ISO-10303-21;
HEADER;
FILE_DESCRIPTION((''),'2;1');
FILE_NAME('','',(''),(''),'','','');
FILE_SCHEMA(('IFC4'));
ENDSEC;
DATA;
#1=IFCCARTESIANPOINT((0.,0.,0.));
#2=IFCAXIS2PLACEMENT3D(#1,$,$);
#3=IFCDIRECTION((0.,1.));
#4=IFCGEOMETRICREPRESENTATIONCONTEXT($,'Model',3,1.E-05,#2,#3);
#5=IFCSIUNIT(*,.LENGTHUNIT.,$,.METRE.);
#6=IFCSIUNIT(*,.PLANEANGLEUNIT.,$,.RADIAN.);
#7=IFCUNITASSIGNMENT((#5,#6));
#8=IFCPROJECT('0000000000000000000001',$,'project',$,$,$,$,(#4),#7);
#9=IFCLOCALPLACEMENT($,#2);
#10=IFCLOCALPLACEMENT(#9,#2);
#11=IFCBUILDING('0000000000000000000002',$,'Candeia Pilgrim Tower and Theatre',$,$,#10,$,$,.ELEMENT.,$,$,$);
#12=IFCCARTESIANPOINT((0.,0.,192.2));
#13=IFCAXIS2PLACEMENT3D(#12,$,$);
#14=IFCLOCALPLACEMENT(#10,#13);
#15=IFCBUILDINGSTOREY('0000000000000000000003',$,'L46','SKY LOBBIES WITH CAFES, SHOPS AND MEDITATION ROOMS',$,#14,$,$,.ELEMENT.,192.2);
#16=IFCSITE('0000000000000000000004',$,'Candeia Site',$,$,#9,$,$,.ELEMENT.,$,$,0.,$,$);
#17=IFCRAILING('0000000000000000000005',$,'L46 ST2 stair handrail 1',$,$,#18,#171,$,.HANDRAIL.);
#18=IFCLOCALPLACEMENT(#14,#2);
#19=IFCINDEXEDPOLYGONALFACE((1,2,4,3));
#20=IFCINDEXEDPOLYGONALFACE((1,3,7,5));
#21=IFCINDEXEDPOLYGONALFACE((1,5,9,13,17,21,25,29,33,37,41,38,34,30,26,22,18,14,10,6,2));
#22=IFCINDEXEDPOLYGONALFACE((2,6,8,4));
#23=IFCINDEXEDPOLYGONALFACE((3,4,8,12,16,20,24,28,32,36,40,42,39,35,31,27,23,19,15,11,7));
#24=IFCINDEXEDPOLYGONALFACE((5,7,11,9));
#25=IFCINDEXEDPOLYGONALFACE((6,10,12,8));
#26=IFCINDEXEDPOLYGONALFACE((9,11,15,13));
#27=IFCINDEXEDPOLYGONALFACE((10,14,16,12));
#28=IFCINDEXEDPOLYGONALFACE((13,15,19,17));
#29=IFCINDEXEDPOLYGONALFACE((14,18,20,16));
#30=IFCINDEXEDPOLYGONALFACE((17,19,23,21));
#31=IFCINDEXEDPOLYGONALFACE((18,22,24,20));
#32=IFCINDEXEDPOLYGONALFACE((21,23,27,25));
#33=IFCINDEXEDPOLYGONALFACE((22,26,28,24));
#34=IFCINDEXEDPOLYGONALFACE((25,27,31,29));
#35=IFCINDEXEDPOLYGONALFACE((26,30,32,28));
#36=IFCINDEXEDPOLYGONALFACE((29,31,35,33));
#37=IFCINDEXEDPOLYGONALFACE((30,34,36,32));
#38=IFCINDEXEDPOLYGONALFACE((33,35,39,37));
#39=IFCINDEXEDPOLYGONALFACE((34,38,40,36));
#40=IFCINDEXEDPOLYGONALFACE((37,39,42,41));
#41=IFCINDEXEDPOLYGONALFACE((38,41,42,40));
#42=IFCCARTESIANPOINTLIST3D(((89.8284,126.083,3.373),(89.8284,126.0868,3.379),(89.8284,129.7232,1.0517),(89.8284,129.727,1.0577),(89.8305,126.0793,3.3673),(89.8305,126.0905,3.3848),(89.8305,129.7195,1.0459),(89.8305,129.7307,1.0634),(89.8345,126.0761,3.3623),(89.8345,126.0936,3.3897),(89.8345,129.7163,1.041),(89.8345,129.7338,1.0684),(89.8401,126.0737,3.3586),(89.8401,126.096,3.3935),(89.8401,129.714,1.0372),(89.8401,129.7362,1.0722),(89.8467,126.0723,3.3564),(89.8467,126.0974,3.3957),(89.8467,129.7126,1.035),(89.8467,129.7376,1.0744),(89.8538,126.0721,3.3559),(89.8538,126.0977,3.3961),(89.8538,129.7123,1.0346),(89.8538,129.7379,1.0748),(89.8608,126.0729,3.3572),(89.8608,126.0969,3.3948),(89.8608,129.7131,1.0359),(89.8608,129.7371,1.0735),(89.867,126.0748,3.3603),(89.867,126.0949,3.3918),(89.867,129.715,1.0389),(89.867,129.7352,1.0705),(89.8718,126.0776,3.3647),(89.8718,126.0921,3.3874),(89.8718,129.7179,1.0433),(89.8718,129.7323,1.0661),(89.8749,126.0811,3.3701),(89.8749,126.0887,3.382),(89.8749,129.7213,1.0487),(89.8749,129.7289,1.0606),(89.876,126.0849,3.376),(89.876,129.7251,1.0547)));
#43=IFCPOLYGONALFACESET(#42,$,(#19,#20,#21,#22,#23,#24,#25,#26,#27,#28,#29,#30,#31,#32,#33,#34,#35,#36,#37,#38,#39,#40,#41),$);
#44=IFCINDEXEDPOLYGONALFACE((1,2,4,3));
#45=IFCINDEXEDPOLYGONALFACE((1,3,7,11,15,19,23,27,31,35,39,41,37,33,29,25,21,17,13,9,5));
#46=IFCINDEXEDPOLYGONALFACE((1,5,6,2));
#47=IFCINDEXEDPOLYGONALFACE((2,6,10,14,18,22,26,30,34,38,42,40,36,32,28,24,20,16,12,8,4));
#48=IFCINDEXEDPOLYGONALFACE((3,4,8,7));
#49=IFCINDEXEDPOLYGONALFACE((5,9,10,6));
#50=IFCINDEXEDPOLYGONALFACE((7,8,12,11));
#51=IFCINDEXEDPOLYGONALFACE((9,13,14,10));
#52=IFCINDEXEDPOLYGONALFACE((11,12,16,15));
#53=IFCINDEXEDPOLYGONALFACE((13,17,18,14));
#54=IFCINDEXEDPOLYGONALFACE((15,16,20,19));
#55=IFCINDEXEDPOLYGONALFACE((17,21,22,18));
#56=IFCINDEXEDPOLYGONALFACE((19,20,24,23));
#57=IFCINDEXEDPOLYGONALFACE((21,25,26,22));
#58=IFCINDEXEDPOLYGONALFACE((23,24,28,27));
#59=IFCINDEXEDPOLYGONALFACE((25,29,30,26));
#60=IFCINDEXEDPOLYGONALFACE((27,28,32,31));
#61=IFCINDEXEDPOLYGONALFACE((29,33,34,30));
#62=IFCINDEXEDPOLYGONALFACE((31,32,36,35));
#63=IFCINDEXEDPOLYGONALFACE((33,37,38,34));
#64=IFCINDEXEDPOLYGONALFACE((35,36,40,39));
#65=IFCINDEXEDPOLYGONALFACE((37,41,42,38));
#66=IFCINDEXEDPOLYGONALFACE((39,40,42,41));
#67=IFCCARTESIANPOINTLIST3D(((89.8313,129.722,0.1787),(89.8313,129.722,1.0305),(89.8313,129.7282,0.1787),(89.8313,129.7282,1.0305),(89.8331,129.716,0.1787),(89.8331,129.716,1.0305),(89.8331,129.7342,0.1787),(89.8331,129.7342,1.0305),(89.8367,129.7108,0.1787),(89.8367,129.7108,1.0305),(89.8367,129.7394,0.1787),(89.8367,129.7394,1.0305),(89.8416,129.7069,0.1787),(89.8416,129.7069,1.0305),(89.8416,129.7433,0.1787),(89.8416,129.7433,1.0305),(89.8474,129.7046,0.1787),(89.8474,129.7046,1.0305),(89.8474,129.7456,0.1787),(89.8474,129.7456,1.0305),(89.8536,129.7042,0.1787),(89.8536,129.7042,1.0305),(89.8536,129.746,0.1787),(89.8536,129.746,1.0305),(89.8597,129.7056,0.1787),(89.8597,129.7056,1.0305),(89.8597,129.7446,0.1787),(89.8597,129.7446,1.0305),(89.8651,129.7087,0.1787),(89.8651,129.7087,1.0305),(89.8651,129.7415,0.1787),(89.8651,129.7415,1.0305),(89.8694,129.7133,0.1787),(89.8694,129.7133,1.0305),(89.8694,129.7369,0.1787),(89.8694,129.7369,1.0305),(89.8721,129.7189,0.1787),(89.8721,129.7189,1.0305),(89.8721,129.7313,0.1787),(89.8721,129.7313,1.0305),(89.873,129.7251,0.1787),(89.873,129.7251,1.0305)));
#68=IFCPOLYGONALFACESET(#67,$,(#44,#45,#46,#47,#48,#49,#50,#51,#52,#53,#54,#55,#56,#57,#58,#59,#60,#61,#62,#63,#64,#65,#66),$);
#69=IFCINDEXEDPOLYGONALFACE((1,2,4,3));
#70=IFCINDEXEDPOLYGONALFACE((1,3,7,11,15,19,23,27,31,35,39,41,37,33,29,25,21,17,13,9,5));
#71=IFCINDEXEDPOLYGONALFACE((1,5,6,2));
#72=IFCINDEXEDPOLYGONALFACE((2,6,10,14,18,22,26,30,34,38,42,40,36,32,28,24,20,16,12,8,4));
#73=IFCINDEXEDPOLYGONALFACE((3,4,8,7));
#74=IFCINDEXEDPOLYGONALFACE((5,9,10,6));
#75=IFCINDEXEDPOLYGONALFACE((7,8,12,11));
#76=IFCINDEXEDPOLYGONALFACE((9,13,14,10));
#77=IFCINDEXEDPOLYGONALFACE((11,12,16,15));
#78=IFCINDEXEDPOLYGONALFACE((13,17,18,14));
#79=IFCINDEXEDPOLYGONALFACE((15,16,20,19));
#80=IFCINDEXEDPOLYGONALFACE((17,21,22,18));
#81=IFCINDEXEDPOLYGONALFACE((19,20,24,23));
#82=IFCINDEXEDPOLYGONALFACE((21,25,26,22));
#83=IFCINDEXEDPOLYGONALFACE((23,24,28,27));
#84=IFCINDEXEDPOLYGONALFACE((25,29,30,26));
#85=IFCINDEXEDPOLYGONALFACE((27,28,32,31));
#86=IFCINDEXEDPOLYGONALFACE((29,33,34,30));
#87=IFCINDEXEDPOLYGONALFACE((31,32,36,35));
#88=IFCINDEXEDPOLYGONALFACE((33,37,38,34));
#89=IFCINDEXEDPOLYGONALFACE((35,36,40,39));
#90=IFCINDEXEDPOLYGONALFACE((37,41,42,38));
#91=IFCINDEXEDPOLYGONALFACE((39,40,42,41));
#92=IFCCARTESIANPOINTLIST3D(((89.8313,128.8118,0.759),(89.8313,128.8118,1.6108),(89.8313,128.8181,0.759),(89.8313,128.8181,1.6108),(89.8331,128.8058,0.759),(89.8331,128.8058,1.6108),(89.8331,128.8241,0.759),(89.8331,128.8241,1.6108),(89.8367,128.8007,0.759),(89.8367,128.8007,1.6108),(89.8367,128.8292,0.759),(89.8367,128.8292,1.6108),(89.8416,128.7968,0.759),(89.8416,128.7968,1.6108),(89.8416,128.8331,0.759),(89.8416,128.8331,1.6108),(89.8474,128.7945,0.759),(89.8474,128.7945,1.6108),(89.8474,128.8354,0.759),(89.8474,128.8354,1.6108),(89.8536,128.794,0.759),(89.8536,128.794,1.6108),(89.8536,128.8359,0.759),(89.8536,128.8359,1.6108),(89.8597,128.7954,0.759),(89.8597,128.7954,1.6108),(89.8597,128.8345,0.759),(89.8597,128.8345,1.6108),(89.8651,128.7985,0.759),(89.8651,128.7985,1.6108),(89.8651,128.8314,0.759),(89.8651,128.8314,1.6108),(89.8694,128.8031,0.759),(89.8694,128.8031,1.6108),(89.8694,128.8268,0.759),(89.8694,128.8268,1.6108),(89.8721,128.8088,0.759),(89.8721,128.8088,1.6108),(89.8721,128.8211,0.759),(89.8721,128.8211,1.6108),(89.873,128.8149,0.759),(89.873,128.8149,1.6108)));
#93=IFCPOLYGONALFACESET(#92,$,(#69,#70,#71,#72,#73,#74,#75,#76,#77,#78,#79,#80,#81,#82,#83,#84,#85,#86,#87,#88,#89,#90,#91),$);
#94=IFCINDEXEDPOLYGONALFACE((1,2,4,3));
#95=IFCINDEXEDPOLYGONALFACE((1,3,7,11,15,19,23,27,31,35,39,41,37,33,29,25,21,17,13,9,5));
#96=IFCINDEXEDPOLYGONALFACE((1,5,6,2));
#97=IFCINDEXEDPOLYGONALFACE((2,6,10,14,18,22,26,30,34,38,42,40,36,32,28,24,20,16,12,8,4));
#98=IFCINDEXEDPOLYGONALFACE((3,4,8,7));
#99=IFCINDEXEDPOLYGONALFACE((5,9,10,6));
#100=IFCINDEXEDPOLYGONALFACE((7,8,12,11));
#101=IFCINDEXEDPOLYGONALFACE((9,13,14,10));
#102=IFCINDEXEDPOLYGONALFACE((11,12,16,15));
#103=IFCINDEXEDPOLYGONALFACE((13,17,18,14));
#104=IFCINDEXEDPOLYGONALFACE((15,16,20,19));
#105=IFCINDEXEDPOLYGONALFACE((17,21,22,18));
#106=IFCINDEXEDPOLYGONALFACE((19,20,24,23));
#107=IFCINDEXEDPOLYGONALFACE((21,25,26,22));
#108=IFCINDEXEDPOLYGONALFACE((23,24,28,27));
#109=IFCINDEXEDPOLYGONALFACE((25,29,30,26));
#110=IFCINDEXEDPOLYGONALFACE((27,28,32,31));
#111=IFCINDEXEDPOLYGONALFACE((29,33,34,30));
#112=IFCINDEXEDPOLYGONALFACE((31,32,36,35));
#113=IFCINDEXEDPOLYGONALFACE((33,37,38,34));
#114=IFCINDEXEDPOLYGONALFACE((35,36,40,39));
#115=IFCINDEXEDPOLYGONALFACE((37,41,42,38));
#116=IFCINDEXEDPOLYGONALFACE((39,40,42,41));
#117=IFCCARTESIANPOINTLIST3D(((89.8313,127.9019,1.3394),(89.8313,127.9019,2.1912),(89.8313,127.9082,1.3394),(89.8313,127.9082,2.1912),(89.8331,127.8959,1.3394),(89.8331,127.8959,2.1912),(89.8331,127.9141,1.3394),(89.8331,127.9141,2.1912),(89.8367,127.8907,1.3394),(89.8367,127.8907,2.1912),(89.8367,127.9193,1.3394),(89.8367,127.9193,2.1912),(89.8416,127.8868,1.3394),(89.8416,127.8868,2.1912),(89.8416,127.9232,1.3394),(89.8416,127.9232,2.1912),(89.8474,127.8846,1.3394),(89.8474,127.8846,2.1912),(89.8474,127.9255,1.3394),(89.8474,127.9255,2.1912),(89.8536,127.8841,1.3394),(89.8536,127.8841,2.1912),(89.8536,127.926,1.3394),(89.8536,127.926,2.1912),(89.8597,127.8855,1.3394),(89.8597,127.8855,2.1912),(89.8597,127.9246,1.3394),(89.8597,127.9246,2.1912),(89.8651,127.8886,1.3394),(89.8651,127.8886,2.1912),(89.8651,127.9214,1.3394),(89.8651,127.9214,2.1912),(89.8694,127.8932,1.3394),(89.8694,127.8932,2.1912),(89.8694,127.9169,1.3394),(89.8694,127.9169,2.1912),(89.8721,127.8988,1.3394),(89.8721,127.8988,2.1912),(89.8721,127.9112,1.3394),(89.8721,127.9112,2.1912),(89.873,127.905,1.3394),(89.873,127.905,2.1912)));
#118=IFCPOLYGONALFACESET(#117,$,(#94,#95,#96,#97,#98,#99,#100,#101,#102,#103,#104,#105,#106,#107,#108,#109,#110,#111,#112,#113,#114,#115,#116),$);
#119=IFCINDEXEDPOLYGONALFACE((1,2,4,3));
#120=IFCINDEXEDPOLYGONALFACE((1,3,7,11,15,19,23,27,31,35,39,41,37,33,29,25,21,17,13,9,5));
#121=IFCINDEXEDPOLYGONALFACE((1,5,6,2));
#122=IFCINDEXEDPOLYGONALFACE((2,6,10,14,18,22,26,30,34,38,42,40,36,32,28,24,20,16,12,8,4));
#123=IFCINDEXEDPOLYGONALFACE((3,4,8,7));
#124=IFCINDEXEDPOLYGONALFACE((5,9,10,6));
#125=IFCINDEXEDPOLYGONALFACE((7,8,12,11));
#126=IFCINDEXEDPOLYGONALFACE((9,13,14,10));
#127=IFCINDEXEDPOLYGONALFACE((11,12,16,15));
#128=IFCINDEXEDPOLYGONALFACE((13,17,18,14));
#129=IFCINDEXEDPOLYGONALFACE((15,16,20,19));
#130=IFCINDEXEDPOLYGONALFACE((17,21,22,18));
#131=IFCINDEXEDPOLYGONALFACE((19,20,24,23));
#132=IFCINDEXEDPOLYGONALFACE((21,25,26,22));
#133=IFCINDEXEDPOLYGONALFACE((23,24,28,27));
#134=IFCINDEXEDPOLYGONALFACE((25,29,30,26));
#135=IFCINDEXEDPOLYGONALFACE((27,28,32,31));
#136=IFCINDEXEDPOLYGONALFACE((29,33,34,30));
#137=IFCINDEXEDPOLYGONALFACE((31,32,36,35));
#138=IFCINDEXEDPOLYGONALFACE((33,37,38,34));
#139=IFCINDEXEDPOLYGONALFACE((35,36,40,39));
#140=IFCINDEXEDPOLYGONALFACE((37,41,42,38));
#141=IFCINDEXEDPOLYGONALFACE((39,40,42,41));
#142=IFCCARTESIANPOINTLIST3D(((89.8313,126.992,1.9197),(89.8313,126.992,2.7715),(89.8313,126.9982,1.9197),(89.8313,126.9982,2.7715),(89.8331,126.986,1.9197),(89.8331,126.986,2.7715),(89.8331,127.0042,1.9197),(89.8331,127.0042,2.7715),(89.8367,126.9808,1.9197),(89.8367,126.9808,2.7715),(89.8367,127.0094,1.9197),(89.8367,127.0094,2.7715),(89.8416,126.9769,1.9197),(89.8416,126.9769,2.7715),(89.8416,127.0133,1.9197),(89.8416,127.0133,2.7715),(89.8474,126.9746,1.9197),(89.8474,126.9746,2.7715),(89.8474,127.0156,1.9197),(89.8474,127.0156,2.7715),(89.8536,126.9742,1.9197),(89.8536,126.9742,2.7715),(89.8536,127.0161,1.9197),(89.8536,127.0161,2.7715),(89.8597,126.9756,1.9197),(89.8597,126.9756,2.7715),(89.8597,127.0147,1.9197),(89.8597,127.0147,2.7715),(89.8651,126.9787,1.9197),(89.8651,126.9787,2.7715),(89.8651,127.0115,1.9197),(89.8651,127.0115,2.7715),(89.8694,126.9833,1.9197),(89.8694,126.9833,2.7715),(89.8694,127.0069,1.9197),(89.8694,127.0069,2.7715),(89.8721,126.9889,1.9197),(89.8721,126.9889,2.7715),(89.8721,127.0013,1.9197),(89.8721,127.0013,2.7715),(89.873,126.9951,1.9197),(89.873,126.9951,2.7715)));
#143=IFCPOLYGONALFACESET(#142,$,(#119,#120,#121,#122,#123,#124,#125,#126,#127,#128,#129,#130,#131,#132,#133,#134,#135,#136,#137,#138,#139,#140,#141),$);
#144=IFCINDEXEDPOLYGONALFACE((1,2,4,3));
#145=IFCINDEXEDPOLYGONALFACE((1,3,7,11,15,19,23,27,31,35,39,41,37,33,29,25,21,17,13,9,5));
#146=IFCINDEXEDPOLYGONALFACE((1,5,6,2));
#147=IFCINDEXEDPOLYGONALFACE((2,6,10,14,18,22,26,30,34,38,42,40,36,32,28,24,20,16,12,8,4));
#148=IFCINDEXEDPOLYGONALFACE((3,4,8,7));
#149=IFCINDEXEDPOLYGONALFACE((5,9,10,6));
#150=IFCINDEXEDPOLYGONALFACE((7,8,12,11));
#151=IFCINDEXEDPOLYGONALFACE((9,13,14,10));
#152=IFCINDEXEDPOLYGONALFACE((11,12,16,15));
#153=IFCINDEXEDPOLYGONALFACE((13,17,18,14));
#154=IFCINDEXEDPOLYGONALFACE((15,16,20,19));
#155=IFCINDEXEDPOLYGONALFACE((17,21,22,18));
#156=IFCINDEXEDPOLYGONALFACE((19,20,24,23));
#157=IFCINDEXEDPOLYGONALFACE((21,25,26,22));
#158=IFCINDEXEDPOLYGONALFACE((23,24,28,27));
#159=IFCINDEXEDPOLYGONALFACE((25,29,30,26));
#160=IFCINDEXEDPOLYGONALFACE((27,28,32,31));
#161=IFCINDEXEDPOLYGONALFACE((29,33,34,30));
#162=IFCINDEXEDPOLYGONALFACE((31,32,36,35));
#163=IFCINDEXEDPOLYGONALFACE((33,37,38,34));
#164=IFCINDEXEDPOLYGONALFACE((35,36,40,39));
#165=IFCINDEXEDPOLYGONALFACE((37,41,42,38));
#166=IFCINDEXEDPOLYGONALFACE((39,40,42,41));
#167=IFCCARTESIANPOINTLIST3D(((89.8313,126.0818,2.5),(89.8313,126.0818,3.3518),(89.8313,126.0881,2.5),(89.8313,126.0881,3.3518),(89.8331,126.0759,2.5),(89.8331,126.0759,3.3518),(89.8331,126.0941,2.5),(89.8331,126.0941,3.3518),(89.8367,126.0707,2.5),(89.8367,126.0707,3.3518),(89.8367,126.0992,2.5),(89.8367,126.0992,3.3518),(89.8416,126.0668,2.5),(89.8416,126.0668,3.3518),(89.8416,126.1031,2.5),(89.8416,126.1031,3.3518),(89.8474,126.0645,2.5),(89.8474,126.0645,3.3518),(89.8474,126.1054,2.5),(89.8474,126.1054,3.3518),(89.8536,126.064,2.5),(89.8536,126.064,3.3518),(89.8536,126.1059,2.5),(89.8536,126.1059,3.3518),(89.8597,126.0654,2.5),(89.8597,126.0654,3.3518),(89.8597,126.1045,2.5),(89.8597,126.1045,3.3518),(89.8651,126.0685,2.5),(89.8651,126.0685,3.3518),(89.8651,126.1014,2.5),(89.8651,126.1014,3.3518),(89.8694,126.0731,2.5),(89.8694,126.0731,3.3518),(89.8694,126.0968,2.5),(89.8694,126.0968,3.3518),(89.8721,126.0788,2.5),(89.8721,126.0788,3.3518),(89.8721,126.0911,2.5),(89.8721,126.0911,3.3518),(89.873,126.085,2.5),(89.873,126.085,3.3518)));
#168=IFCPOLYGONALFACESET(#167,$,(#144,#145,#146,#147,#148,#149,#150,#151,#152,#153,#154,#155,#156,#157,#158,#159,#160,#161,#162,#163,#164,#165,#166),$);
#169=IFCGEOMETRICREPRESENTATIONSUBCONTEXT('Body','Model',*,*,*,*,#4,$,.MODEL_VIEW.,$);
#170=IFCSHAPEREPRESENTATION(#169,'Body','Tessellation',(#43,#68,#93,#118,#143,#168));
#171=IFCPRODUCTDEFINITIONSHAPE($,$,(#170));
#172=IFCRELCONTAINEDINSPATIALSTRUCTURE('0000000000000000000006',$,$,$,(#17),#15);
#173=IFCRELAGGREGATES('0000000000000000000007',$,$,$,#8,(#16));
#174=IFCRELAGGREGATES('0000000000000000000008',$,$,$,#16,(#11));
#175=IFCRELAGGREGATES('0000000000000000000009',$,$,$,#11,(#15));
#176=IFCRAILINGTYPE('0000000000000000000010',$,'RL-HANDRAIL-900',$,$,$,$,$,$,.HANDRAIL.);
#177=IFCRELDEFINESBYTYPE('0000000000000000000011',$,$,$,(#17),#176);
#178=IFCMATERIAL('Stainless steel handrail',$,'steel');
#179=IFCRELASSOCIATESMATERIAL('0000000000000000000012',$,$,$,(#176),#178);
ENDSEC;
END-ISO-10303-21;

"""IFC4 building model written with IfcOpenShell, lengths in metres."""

from ifc_helpers import new_model, si_unit, direction, frame, origin, origin_2d, place, context, subcontext, project, spatial, circle, extrude, material, type_object, element, save


model = new_model("IFC4")

# Units and contexts
model_context = context("Model", 3, precision=1e-05, world=origin(), true_north=direction((0.0, 1.0)))
body_context = subcontext(model_context, "Body", "Model", "MODEL_VIEW")
ifc_project = project(units=[si_unit("LENGTHUNIT", "METRE"), si_unit("PLANEANGLEUNIT", "RADIAN")], contexts=[model_context])

# Site, building, storey
site_placement = place(None, origin())
site = spatial("IfcSite", under=ifc_project, at=site_placement, Name="Candeia Site", CompositionType="ELEMENT", RefElevation=0.0)
building_placement = place(site_placement, origin())
building = spatial("IfcBuilding", under=site, at=building_placement, Name="Candeia Pilgrim Tower and Theatre", CompositionType="ELEMENT")
storey_placement = place(building_placement, frame((0.0, 0.0, 192.2)))
storey = spatial("IfcBuildingStorey", under=building, at=storey_placement, Name="L46", Description="SKY LOBBIES WITH CAFES, SHOPS AND MEDITATION ROOMS", CompositionType="ELEMENT", Elevation=192.2)

# Railing
ifc_material_1 = material(Name="Stainless steel handrail", Category="steel")
railing_type_1 = type_object("IfcRailingType", Name="RL-HANDRAIL-900", PredefinedType="HANDRAIL", material=ifc_material_1)
for number, where, name in (
    (1, (89.8521, 129.7251, 0.1787), "L46 ST2 stair handrail 1"),
):
    element("IfcRailing", number, at=place(storey_placement, frame(where)), inside=storey, type_object=railing_type_1, Name=name, PredefinedType="HANDRAIL", context=body_context, shape_type="SweptSolid", body=[
        extrude(circle(Radius=0.0239, at=origin_2d()), frame((0.0, 0.0, 0.876), z_axis=(0.0, -0.843153, 0.537673), x_axis=(1.0, 0.0, 0.0)), (0.0, 0.0, 1.0), 4.3174),
        extrude(circle(Radius=0.021, at=origin_2d()), origin(), (0.0, 0.0, 1.0), 0.8518),
        extrude(circle(Radius=0.021, at=origin_2d()), frame((0.0, -0.9102, 0.5803)), (0.0, 0.0, 1.0), 0.8518),
        extrude(circle(Radius=0.021, at=origin_2d()), frame((0.0, -1.8201, 1.1606)), (0.0, 0.0, 1.0), 0.8518),
        extrude(circle(Radius=0.021, at=origin_2d()), frame((0.0, -2.73, 1.741)), (0.0, 0.0, 1.0), 0.8518),
        extrude(circle(Radius=0.021, at=origin_2d()), frame((0.0, -3.6401, 2.3213)), (0.0, 0.0, 1.0), 0.8518),
    ])

save(model, "model.ifc")
